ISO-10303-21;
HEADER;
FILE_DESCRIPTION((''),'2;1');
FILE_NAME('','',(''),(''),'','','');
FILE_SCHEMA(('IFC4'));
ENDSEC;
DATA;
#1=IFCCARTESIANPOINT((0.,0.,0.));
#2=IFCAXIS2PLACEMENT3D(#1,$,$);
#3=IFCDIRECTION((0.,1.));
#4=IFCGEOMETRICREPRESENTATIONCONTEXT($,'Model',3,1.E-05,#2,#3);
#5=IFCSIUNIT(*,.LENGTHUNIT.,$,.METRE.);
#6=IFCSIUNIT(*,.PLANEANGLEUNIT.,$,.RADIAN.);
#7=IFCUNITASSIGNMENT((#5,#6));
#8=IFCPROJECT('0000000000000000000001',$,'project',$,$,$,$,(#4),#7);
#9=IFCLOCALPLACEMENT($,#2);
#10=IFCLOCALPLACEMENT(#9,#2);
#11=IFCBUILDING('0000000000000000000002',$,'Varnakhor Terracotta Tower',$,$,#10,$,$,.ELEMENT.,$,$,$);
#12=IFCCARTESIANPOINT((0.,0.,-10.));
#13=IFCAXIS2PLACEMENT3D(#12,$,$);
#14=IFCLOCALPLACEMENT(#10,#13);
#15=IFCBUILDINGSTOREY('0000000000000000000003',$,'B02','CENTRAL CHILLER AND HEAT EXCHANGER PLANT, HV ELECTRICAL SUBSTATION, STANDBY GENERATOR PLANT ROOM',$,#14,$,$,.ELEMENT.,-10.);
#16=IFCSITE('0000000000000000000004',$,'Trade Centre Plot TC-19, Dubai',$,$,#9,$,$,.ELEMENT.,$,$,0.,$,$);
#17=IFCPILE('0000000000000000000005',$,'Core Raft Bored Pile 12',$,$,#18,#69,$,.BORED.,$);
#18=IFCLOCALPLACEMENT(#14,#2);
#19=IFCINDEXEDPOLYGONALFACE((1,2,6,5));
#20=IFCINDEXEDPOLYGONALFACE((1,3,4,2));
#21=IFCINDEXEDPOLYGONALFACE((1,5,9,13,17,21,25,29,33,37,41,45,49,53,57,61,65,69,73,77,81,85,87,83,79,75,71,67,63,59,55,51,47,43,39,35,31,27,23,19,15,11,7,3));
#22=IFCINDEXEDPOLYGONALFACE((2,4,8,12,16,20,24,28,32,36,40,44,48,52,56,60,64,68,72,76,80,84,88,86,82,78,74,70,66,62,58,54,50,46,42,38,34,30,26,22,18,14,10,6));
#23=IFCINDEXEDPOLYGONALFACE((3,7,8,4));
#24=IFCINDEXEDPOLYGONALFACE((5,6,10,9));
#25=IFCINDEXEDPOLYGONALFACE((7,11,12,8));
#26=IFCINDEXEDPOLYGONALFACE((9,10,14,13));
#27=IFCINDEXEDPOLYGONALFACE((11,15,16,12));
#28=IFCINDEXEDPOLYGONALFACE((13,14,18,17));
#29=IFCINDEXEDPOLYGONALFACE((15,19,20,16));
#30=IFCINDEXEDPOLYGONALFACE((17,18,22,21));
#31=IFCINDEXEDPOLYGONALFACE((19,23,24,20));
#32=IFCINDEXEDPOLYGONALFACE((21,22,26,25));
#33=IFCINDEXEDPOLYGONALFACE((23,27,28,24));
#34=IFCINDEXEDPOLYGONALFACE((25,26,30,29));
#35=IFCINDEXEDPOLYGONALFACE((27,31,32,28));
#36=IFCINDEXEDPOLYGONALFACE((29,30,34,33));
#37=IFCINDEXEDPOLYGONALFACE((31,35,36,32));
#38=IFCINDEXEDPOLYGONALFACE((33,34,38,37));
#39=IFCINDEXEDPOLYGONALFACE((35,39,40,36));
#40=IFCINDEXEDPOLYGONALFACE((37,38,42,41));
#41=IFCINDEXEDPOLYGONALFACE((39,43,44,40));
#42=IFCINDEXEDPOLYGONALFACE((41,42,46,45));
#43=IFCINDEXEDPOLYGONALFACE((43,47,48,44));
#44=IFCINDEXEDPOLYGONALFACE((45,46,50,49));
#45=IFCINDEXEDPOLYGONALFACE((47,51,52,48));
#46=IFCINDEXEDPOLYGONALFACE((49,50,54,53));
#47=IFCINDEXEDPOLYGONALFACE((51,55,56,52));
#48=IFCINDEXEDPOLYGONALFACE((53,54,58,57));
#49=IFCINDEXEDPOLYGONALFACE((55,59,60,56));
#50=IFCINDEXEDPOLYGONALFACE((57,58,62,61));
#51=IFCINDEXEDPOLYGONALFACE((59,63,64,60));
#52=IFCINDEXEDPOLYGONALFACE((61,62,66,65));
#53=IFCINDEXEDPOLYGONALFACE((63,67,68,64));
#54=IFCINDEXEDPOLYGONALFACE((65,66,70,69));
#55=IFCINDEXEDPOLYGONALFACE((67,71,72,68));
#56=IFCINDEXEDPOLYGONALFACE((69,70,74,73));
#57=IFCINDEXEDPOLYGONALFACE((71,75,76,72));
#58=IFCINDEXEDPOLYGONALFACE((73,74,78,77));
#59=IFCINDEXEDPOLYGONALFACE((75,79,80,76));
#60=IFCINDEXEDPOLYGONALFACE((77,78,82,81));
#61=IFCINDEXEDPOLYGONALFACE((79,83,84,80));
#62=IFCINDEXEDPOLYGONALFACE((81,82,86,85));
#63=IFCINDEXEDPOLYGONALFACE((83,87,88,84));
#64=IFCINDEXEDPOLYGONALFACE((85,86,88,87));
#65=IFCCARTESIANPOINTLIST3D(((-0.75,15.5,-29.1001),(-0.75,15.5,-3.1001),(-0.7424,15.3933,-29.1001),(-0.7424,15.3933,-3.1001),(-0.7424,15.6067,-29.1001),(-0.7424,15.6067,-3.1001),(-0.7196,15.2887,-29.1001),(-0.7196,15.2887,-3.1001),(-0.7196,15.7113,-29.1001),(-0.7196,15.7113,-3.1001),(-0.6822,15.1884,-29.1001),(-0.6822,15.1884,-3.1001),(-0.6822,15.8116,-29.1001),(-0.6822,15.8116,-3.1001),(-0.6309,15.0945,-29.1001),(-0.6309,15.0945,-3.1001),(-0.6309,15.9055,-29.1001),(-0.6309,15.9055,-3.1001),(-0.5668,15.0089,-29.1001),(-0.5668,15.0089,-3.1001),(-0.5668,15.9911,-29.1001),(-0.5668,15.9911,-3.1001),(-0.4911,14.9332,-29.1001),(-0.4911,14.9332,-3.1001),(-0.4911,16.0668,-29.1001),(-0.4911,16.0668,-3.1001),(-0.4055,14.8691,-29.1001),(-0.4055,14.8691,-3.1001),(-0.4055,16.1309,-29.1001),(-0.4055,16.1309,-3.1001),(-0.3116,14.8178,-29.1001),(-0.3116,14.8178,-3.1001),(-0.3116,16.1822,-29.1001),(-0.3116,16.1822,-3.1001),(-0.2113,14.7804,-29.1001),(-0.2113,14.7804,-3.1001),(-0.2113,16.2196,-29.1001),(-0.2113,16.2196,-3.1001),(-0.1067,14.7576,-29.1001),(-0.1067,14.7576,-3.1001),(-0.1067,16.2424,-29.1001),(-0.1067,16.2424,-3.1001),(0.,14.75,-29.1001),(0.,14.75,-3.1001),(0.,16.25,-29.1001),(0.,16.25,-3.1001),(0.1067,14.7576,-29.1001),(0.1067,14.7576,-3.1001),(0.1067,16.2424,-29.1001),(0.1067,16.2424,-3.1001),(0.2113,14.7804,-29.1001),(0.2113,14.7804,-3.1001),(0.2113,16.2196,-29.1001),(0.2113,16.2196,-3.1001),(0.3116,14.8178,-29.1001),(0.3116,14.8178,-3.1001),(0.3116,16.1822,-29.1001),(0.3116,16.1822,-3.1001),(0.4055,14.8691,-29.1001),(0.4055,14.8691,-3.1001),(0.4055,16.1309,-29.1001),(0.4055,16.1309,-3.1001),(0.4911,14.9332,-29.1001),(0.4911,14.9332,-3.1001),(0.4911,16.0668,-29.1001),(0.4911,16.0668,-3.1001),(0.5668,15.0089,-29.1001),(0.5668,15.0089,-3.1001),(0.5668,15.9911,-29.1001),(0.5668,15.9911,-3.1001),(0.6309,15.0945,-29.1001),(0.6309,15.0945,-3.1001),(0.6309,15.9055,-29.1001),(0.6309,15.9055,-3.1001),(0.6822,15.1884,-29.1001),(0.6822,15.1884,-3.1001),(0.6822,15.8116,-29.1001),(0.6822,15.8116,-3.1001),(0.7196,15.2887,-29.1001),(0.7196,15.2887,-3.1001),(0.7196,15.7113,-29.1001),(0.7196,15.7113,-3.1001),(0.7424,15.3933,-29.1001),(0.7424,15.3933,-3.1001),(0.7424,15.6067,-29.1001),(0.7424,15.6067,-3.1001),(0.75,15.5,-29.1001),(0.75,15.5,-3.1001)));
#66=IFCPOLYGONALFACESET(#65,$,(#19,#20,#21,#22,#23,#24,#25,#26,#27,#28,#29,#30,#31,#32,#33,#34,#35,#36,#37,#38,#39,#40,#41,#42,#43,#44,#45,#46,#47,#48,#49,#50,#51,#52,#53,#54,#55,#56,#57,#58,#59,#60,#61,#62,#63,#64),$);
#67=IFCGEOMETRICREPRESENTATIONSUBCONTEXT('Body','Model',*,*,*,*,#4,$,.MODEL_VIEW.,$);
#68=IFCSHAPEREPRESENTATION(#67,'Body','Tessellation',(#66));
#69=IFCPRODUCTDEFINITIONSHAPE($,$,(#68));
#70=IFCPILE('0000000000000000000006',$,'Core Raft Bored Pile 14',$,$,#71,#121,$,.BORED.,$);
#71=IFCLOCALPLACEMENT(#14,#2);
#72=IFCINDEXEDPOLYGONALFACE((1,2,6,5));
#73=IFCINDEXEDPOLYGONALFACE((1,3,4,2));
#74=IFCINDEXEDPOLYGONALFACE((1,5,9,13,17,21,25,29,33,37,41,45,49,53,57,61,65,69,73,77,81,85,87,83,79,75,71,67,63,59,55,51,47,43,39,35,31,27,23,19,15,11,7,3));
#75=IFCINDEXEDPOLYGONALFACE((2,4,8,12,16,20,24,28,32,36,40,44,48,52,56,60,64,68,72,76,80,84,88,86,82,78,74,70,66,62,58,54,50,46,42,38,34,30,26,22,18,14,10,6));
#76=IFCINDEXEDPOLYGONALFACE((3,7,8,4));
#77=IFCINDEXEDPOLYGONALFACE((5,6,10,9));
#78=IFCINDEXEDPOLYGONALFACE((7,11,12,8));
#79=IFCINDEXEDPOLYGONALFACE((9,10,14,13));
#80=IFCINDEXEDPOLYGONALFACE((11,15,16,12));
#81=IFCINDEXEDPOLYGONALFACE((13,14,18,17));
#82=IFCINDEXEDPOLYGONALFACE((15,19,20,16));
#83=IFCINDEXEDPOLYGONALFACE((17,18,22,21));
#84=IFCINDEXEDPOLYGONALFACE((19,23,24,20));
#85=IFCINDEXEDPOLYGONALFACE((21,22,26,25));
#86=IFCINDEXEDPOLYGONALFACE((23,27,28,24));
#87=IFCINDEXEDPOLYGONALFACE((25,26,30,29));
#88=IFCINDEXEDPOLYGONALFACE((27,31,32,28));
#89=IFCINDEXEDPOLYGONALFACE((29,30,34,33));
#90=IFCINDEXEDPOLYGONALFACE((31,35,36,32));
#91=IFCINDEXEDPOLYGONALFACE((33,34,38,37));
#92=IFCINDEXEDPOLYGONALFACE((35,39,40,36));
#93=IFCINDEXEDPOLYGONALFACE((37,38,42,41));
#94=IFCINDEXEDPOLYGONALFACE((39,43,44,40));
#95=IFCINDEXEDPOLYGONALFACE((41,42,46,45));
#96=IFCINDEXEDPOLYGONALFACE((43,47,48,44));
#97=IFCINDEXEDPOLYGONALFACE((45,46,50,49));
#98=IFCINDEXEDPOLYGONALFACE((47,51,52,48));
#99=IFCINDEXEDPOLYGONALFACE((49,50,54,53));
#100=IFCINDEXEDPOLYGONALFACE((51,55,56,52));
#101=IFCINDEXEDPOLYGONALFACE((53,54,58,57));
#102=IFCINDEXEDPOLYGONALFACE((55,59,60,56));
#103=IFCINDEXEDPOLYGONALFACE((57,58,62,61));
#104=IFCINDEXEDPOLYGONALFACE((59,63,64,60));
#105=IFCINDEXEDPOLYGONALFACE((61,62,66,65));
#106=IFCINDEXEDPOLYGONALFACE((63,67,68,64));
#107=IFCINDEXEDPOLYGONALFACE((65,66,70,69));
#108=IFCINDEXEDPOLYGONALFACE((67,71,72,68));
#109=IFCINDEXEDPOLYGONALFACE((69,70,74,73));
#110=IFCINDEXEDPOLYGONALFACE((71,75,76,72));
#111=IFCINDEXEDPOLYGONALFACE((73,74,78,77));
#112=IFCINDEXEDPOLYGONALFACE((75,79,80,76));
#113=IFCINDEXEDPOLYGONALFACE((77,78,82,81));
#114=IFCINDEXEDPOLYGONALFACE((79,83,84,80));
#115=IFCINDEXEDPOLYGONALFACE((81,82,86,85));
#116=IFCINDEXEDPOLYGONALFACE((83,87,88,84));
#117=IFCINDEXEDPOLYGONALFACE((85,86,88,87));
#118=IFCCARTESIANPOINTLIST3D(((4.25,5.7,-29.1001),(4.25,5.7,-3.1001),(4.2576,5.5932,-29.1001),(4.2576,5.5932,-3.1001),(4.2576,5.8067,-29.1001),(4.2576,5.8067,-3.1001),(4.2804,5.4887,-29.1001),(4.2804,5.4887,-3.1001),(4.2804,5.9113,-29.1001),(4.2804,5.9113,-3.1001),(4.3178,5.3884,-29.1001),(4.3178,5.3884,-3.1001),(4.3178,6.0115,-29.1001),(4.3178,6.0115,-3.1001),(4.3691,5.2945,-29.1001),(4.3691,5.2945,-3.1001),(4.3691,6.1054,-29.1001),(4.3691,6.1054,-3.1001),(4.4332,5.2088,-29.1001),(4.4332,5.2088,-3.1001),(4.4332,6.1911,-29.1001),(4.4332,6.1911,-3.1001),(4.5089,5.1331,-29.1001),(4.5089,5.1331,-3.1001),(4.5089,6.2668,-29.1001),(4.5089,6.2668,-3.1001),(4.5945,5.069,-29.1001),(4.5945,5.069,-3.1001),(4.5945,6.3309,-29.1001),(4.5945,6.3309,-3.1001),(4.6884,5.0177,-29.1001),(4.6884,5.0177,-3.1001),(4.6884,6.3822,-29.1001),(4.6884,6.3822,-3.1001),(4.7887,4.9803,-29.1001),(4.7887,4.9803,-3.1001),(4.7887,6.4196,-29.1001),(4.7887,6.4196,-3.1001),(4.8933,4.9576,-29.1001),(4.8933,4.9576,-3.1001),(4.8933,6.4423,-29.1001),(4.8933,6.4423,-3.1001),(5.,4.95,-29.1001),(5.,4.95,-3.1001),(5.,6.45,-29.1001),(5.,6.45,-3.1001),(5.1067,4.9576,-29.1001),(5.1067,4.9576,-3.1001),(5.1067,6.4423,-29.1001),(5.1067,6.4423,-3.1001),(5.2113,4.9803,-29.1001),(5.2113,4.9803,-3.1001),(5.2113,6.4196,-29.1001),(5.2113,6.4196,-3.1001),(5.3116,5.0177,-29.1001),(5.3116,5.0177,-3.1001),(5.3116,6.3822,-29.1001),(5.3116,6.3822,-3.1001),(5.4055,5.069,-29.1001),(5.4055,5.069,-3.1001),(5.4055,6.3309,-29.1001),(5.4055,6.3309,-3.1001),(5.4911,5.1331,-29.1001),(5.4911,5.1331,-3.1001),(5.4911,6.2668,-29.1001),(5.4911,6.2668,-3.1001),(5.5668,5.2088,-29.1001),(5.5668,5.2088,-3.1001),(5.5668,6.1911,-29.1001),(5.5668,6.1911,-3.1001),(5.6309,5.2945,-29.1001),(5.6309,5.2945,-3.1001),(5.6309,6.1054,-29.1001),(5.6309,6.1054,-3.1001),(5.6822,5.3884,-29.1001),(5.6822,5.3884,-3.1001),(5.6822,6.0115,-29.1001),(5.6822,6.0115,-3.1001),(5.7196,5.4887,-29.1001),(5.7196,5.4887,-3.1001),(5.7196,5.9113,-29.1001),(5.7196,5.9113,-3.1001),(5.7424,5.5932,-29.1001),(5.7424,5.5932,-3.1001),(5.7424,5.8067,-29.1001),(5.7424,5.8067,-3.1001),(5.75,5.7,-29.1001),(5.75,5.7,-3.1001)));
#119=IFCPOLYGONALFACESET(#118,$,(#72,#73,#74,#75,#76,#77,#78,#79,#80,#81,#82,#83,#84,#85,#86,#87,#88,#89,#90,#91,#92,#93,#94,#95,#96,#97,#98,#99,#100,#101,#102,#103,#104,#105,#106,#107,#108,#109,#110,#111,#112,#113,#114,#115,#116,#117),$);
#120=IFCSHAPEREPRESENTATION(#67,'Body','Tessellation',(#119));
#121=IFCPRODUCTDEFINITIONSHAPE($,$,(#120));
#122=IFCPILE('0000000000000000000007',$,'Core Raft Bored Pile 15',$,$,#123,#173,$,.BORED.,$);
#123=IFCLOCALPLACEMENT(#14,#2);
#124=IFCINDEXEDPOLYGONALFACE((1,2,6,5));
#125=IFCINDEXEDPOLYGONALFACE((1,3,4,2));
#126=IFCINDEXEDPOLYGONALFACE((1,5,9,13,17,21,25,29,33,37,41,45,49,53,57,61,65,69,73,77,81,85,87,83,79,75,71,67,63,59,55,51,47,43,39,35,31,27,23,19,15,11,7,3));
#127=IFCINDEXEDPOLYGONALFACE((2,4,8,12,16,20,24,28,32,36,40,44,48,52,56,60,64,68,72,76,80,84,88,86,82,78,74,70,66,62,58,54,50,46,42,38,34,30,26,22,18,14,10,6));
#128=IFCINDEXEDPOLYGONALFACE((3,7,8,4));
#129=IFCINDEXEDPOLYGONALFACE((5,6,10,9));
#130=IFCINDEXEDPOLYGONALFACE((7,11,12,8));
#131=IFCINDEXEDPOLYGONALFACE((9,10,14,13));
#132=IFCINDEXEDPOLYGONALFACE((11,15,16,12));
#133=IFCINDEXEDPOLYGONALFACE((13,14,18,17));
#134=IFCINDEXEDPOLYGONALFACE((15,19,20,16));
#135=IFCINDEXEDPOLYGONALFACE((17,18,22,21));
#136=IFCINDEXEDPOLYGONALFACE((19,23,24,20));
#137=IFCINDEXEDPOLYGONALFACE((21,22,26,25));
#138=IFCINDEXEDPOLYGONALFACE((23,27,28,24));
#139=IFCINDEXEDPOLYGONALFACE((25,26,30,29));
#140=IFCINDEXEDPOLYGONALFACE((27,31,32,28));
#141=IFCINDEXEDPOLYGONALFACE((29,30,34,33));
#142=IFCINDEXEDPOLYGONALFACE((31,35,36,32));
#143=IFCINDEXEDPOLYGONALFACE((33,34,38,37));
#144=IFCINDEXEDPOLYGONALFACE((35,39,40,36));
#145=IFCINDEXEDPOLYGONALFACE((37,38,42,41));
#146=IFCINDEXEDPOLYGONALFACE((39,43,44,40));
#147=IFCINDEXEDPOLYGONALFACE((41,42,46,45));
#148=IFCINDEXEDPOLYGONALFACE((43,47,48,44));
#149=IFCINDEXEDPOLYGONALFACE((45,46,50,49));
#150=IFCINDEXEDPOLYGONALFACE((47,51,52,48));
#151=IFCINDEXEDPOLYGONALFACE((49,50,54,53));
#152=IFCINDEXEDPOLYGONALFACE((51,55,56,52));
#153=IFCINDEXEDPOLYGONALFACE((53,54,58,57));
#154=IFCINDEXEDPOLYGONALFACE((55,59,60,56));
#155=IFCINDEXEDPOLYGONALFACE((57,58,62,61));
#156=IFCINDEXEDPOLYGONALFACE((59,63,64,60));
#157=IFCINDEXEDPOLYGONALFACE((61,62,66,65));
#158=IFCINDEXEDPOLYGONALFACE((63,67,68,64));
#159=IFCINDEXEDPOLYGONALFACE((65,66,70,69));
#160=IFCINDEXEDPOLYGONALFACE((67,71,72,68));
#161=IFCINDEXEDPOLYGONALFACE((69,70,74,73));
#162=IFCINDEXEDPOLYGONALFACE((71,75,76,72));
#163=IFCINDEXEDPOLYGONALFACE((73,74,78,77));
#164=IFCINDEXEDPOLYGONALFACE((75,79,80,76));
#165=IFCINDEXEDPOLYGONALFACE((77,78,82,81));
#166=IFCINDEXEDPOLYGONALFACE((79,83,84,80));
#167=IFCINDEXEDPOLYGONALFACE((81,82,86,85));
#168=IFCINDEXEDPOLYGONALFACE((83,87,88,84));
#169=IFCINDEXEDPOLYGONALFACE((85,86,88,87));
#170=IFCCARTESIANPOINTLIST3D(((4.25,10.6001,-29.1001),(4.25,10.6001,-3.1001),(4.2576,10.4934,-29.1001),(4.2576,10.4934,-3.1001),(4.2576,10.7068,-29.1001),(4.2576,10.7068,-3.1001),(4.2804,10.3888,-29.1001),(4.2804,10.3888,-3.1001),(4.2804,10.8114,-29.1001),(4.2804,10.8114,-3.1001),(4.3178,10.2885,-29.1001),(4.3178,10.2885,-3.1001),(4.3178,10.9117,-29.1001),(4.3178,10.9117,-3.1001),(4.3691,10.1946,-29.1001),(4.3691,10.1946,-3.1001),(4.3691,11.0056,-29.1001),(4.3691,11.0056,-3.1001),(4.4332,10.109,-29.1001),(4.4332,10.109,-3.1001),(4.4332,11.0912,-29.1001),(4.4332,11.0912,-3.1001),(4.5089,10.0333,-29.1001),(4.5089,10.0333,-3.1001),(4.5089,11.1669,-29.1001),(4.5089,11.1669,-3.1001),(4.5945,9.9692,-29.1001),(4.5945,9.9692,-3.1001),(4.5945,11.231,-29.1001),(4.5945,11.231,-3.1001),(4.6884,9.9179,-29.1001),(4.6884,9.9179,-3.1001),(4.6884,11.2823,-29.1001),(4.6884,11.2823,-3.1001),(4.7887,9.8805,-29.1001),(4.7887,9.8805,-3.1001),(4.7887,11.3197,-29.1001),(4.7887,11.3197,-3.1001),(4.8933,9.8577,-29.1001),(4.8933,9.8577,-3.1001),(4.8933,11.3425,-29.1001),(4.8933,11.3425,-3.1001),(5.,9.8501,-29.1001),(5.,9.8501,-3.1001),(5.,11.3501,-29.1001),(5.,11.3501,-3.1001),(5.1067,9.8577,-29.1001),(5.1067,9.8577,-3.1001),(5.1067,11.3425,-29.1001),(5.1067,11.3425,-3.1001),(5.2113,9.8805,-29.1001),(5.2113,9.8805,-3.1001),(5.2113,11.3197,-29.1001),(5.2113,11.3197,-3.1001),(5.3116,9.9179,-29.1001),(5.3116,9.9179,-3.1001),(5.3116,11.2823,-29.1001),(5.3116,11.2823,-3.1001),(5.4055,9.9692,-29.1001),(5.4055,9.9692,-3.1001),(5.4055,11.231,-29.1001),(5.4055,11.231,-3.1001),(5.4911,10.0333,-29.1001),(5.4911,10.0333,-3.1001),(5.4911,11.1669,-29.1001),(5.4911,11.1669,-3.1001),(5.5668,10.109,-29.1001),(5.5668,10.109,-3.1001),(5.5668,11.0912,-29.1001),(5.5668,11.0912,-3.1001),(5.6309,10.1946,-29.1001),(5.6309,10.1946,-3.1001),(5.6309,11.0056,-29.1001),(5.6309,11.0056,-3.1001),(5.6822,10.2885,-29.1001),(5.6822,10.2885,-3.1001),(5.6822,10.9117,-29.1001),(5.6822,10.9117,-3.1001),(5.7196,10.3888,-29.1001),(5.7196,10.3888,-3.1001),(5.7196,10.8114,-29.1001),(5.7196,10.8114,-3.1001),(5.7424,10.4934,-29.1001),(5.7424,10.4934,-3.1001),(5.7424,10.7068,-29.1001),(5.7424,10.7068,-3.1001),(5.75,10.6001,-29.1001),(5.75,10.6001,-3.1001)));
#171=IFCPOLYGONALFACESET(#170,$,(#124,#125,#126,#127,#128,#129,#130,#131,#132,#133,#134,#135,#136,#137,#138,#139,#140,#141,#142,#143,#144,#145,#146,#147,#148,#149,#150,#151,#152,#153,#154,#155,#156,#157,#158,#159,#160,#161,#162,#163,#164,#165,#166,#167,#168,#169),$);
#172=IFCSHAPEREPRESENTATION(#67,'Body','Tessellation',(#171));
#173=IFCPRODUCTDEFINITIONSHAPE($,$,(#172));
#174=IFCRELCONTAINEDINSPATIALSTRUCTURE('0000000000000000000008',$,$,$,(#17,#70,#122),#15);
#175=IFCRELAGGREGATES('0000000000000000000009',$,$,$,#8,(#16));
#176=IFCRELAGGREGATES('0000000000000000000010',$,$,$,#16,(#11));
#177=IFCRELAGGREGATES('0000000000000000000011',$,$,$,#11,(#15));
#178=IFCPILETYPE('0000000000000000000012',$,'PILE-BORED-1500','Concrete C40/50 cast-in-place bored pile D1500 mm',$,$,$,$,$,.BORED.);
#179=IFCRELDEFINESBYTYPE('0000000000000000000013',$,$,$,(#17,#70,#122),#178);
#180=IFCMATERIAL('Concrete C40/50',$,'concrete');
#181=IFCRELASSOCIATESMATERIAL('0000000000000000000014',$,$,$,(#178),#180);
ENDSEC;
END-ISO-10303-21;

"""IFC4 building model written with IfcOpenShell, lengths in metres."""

from ifc_helpers import new_model, si_unit, direction, frame, origin, origin_2d, place, context, subcontext, project, spatial, circle, extrude, source, transform, mapped, material, material_profile, profile_set, type_object, type_shapes, element, save


model = new_model("IFC4")

# Units and contexts
model_context = context("Model", 3, precision=1e-05, world=origin(), true_north=direction((0.0, 1.0)))
body_context = subcontext(model_context, "Body", "Model", "MODEL_VIEW")
ifc_project = project(units=[si_unit("LENGTHUNIT", "METRE"), si_unit("PLANEANGLEUNIT", "RADIAN")], contexts=[model_context])

# Site, building, storey
site_placement = place(None, origin())
site = spatial("IfcSite", under=ifc_project, at=site_placement, Name="Trade Centre Plot TC-19, Dubai", CompositionType="ELEMENT", RefElevation=0.0)
building_placement = place(site_placement, origin())
building = spatial("IfcBuilding", under=site, at=building_placement, Name="Varnakhor Terracotta Tower", CompositionType="ELEMENT")
storey_placement = place(building_placement, frame((0.0, 0.0, -10.0)))
storey = spatial("IfcBuildingStorey", under=building, at=storey_placement, Name="B02", Description="CENTRAL CHILLER AND HEAT EXCHANGER PLANT, HV ELECTRICAL SUBSTATION, STANDBY GENERATOR PLANT ROOM", CompositionType="ELEMENT", Elevation=-10.0)

# Piles
ifc_material_1 = material(Name="Concrete C40/50", Category="concrete")
ifc_material_profile_1 = material_profile(ifc_material_1, circle(Radius=0.75, at=origin_2d()), Name="BORED PILE D1500")
ifc_profile_set_1 = profile_set([ifc_material_profile_1], Name="Concrete C40/50")
pile_type_1 = type_object("IfcPileType", Name="PILE-BORED-1500", Description="Concrete C40/50 cast-in-place bored pile D1500 mm", PredefinedType="BORED", material=ifc_profile_set_1)
shared_shape_1 = source(origin(), body_context, "Body", "SweptSolid", [
    extrude(circle(Radius=0.75, at=origin_2d()), origin(), (0.0, 0.0, 1.0), 26.0),
])
type_shapes(pile_type_1, [shared_shape_1])
for number, where, z_axis, x_axis, name in (
    (1, (0.0, 15.5, -3.1001), (0.0, 0.0, -1.0), (1.0, 0.0, 0.0), "Core Raft Bored Pile 12"),
    (2, (5.0, 5.7, -3.1001), (0.0, 0.0, -1.0), (1.0, 0.0, 0.0), "Core Raft Bored Pile 14"),
    (3, (5.0, 10.6001, -3.1001), (0.0, 0.0, -1.0), (1.0, 0.0, 0.0), "Core Raft Bored Pile 15"),
):
    element("IfcPile", number, at=place(storey_placement, frame(where, z_axis=z_axis, x_axis=x_axis)), inside=storey, type_object=pile_type_1, Name=name, PredefinedType="BORED", context=body_context, shape_type="MappedRepresentation", body=[
        mapped(shared_shape_1, transform((0.0, 0.0, 0.0), scale=1.0)),
    ])

save(model, "model.ifc")
